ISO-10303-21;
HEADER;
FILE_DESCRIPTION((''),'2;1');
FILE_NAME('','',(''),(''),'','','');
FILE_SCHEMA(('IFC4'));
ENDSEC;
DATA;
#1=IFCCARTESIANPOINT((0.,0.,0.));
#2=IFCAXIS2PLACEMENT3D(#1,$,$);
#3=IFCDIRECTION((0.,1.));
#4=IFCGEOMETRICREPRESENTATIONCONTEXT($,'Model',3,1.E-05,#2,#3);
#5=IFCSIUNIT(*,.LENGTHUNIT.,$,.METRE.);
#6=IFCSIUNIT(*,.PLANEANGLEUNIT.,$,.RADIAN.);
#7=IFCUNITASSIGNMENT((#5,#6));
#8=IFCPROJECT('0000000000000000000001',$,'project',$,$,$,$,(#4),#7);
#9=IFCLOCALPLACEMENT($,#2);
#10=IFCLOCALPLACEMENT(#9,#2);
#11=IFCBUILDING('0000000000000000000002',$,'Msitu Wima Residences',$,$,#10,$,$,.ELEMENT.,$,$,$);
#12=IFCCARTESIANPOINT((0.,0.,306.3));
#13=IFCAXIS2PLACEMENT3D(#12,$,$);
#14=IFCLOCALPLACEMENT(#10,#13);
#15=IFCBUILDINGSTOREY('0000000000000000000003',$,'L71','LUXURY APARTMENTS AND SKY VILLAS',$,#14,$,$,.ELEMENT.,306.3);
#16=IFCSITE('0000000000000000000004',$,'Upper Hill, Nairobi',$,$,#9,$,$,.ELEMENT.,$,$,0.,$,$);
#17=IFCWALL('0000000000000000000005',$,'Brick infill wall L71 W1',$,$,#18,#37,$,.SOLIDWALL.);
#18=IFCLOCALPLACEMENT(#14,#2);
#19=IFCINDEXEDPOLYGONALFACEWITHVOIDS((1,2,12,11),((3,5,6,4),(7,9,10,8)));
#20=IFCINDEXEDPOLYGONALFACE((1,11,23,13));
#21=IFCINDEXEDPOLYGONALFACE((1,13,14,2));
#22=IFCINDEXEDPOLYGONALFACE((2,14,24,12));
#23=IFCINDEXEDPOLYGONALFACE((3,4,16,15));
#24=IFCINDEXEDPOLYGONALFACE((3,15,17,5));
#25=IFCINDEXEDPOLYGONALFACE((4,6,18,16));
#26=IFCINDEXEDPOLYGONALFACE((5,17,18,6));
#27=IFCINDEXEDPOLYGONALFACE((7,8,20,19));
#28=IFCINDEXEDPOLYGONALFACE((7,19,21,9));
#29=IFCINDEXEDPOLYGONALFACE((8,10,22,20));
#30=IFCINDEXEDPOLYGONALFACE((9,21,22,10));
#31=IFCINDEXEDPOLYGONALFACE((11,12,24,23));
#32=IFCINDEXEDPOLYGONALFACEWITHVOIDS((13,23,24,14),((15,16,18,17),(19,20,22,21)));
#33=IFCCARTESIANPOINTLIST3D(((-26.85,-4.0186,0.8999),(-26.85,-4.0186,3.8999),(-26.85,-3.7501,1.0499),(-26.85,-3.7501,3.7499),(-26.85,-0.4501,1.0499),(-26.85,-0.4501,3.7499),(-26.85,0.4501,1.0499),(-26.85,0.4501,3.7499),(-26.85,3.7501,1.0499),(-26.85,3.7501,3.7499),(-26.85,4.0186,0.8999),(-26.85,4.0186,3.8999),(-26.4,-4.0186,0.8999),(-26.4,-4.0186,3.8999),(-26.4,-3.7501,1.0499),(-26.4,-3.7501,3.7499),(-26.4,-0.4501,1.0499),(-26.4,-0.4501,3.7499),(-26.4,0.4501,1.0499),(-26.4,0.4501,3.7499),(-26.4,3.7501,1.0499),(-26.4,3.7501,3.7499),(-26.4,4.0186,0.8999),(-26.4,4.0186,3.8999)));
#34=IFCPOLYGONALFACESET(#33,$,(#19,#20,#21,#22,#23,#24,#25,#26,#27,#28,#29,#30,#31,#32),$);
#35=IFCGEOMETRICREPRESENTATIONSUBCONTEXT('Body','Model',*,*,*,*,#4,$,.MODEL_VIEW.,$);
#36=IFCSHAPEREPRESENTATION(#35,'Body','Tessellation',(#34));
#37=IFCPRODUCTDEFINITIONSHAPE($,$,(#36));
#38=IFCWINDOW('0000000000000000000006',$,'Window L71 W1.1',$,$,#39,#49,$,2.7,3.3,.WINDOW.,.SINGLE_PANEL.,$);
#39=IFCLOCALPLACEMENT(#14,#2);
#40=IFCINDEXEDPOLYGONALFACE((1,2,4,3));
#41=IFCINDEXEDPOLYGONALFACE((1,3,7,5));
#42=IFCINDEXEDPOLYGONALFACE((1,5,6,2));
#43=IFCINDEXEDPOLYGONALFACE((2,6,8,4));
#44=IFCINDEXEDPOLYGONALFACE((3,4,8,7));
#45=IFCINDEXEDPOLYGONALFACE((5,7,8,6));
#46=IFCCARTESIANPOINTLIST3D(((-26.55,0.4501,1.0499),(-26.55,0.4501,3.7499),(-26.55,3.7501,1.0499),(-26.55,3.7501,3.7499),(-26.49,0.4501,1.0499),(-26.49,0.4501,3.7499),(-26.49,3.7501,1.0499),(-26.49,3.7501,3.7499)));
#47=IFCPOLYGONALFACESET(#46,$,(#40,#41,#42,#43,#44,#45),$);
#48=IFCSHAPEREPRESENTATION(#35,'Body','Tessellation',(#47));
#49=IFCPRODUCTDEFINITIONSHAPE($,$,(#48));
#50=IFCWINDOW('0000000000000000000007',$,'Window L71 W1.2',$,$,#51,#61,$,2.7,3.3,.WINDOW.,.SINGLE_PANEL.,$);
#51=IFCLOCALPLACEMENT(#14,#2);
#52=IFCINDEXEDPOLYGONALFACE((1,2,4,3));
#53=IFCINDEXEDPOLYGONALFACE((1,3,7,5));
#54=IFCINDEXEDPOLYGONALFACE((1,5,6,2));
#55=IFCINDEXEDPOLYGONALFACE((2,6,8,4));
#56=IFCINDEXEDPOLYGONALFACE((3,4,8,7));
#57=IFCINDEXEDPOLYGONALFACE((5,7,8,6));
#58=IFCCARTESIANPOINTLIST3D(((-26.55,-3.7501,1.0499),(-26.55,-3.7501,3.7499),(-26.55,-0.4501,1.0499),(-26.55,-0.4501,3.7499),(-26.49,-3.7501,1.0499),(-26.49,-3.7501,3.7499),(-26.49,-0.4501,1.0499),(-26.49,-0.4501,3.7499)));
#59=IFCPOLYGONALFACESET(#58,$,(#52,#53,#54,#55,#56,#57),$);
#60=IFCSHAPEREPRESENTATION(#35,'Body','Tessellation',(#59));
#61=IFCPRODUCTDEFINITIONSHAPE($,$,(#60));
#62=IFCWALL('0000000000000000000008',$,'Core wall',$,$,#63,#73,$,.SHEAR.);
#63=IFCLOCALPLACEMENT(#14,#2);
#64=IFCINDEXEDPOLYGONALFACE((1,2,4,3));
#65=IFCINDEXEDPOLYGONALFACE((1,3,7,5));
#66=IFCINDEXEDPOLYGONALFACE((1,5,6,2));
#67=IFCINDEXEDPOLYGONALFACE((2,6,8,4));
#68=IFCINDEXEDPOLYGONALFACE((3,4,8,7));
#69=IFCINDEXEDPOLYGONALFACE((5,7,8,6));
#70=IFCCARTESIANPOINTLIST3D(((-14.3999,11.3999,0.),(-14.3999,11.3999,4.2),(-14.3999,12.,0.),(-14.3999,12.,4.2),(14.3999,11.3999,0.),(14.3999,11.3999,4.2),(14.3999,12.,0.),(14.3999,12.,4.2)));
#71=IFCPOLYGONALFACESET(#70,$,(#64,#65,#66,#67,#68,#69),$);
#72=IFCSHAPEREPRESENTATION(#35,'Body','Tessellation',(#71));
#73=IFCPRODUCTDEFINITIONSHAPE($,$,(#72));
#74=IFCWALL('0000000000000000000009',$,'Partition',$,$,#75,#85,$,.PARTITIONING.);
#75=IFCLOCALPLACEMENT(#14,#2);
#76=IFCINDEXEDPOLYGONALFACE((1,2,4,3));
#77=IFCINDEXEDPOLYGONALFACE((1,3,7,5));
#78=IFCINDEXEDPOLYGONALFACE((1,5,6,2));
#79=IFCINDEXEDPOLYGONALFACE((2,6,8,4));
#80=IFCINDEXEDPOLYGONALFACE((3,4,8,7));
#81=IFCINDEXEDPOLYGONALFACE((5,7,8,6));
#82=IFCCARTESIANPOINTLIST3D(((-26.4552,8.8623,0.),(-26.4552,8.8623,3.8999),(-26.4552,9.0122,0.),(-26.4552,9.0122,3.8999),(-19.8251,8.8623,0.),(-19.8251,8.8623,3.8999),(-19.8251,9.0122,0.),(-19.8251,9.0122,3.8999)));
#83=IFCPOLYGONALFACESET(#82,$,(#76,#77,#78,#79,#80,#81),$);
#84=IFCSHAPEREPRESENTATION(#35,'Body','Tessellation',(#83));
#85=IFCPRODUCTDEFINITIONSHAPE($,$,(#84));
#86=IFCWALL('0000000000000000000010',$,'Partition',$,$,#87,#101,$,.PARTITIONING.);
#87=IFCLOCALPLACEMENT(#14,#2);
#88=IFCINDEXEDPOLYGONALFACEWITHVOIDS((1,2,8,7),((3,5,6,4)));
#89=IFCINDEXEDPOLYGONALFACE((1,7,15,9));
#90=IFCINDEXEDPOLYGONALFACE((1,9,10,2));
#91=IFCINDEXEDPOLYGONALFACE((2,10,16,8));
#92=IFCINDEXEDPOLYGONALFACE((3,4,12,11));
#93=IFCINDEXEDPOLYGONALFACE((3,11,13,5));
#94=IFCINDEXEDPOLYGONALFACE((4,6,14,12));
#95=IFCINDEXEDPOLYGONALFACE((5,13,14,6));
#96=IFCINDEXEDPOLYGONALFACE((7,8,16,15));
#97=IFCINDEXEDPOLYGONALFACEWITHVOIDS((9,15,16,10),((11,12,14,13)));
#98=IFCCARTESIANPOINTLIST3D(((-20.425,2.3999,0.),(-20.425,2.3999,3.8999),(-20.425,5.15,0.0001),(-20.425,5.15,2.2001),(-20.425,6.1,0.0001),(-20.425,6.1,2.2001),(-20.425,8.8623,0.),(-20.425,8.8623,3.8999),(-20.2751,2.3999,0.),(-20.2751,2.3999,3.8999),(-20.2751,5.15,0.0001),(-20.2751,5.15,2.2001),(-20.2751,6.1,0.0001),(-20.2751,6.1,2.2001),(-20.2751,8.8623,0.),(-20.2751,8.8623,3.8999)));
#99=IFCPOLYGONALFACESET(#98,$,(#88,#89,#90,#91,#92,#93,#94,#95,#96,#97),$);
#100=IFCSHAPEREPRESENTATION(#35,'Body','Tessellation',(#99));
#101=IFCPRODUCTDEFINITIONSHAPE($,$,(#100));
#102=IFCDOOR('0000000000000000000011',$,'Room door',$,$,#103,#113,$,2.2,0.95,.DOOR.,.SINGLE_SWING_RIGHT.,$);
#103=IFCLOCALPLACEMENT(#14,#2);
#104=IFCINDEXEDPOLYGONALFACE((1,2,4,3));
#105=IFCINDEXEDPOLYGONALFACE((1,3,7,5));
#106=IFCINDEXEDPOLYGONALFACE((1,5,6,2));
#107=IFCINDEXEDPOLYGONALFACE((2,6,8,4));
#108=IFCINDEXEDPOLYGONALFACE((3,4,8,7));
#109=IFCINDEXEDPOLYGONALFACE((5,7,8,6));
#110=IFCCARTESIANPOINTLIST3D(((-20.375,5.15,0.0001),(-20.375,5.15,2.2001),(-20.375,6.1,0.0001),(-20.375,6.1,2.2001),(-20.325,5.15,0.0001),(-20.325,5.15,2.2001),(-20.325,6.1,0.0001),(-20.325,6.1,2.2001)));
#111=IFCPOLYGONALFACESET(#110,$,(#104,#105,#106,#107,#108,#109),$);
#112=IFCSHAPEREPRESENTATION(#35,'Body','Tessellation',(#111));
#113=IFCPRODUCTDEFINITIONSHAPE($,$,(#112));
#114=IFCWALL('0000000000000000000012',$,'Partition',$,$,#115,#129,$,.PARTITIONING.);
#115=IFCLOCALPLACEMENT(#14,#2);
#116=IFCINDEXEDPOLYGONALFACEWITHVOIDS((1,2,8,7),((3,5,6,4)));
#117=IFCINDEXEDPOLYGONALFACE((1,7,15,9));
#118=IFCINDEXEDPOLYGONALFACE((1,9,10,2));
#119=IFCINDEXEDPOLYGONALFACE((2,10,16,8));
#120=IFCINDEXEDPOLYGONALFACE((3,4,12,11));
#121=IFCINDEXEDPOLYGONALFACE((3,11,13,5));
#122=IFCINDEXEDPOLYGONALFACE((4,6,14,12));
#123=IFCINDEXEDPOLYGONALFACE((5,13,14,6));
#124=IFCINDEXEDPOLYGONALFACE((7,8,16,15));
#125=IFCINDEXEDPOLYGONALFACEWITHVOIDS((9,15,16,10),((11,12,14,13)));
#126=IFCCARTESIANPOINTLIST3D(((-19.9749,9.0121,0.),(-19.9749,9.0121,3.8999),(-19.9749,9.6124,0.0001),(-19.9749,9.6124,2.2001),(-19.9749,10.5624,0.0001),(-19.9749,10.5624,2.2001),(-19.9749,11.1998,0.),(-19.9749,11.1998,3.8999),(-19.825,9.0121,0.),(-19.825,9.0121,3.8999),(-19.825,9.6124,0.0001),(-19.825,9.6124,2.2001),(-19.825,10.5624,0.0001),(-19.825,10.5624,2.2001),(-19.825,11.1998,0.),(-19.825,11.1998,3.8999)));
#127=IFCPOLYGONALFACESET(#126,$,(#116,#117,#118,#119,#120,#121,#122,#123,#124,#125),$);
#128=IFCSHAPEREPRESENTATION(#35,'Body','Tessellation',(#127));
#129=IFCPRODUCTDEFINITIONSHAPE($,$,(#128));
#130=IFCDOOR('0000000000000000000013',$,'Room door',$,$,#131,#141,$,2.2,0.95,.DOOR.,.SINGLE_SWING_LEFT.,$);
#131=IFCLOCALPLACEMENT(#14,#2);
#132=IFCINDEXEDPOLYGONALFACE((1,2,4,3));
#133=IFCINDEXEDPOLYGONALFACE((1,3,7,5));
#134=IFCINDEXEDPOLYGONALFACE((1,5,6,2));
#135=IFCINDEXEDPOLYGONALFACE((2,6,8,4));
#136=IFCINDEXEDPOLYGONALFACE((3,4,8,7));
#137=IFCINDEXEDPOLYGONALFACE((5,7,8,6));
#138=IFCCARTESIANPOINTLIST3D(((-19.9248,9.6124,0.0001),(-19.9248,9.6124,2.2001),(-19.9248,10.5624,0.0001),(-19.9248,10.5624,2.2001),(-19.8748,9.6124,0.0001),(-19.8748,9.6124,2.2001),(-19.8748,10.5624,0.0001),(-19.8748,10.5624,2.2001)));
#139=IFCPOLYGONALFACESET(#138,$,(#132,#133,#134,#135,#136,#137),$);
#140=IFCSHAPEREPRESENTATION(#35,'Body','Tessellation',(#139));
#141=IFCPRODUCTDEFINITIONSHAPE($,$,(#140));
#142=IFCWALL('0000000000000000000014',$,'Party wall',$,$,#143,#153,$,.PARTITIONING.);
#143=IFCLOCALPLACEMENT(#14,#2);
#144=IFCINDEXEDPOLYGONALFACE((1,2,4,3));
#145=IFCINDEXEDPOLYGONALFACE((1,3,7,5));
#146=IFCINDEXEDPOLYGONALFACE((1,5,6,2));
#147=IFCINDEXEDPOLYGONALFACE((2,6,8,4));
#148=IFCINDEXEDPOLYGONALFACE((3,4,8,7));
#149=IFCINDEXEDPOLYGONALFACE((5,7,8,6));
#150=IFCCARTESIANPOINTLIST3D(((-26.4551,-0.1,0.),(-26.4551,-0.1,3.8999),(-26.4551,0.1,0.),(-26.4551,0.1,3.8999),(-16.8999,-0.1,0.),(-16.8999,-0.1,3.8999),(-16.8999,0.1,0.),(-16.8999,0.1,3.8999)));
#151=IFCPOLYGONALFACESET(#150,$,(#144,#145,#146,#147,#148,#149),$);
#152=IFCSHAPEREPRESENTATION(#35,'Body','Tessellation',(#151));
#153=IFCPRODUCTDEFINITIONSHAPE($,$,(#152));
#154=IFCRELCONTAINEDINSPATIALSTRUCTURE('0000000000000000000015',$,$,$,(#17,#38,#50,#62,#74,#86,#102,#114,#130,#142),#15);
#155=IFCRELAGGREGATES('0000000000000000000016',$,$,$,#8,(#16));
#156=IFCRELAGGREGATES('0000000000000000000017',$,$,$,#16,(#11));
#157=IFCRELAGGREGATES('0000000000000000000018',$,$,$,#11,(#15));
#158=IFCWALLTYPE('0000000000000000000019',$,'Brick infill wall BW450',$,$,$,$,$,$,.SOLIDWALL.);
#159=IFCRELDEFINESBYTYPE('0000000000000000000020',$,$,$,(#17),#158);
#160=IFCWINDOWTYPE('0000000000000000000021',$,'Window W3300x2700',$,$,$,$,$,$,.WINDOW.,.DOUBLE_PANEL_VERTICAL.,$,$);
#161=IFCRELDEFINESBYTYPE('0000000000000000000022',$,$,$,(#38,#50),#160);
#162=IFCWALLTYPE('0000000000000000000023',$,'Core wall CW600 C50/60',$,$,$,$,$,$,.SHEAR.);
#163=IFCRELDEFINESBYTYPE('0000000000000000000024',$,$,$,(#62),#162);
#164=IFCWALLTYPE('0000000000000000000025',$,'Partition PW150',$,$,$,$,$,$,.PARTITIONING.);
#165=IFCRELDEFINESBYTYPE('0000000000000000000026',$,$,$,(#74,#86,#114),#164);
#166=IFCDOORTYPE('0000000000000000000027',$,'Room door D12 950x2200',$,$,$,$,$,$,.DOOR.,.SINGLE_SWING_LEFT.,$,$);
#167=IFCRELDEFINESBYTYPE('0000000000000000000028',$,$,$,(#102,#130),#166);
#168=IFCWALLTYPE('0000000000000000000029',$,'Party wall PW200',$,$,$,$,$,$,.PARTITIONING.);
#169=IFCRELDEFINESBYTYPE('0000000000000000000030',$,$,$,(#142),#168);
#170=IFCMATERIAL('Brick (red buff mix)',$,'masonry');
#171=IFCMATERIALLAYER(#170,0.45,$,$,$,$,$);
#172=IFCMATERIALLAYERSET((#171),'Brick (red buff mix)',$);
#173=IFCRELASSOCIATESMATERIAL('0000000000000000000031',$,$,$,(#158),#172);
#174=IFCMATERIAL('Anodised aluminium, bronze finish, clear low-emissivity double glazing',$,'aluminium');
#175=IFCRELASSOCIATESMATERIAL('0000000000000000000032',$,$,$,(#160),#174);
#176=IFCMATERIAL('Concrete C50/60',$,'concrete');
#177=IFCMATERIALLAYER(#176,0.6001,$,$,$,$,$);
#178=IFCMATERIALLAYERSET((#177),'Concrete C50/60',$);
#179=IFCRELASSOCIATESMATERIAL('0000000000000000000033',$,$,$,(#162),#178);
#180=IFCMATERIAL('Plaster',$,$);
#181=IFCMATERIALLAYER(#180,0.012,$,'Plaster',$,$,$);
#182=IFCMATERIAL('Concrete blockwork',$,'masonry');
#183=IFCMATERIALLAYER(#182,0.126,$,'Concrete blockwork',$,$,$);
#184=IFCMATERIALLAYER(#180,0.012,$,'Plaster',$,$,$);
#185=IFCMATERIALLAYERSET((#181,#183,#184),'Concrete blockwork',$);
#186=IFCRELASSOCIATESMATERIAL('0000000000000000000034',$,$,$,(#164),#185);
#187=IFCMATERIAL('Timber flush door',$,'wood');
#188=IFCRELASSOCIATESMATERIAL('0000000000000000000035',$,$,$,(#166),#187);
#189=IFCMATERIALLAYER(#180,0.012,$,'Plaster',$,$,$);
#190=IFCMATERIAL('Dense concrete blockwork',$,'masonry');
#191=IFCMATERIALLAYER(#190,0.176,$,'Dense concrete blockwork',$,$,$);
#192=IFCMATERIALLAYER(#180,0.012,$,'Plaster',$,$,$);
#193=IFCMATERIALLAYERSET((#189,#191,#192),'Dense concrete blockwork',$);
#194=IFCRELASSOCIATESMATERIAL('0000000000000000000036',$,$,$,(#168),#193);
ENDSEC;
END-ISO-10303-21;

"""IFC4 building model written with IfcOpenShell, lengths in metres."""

from ifc_helpers import new_model, si_unit, direction, frame, frame_2d, origin, place, context, subcontext, project, spatial, rectangle, extrude, material, layer, layer_set, type_object, element, fill, save


model = new_model("IFC4")

# Units and contexts
model_context = context("Model", 3, precision=1e-05, world=origin(), true_north=direction((0.0, 1.0)))
body_context = subcontext(model_context, "Body", "Model", "MODEL_VIEW")
ifc_project = project(units=[si_unit("LENGTHUNIT", "METRE"), si_unit("PLANEANGLEUNIT", "RADIAN")], contexts=[model_context])

# Site, building, storey
site_placement = place(None, origin())
site = spatial("IfcSite", under=ifc_project, at=site_placement, Name="Upper Hill, Nairobi", CompositionType="ELEMENT", RefElevation=0.0)
building_placement = place(site_placement, origin())
building = spatial("IfcBuilding", under=site, at=building_placement, Name="Msitu Wima Residences", CompositionType="ELEMENT")
storey_placement = place(building_placement, frame((0.0, 0.0, 306.3)))
storey = spatial("IfcBuildingStorey", under=building, at=storey_placement, Name="L71", Description="LUXURY APARTMENTS AND SKY VILLAS", CompositionType="ELEMENT", Elevation=306.3)

# Shared definitions
ifc_material_1 = material(Name="Concrete C50/60", Category="concrete")

# Shared definitions
ifc_material_2 = material(Name="Brick (red buff mix)", Category="masonry")
ifc_layer_1 = layer(ifc_material_2, 0.45)
ifc_layer_set_1 = layer_set([ifc_layer_1], Name="Brick (red buff mix)")
wall_type_1 = type_object("IfcWallType", Name="Brick infill wall BW450", PredefinedType="SOLIDWALL", material=ifc_layer_set_1)
ifc_material_3 = material(Name="Anodised aluminium, bronze finish, clear low-emissivity double glazing", Category="aluminium")
window_type = type_object("IfcWindowType", Name="Window W3300x2700", PartitioningType="DOUBLE_PANEL_VERTICAL", PredefinedType="WINDOW", material=ifc_material_3)

# Wall, openings, windows
wall_1_placement = place(storey_placement, frame((-26.625, 4.0186, 0.8999), z_axis=(0.0, 0.0, 1.0), x_axis=(0.0, -1.0, 0.0)))
wall_1 = element("IfcWall", 1, at=wall_1_placement, inside=storey, type_object=wall_type_1, Name="Brick infill wall L71 W1", PredefinedType="SOLIDWALL", context=body_context, shape_type="SweptSolid", body=[
    extrude(rectangle(XDim=8.0371, YDim=0.45, at=frame_2d((4.0186, 0.0))), origin(), (0.0, 0.0, 1.0), 3.0),
])
opening_1_placement = place(wall_1_placement, frame((0.2686, 0.0, 0.1499)))
opening_1 = element("IfcOpeningElement", 2, at=opening_1_placement, cuts=wall_1, PredefinedType="OPENING", context=body_context, shape_type="SweptSolid", body=[
    extrude(rectangle(XDim=3.3, YDim=2.7, at=frame_2d((1.6499, 1.3501))), frame((0.0, 0.2349, 0.0), z_axis=(0.0, -1.0, 0.0), x_axis=(1.0, 0.0, 0.0)), (0.0, 0.0, 1.0), 0.47),
])
opening_2_placement = place(wall_1_placement, frame((4.4688, 0.0, 0.1499)))
opening_2 = element("IfcOpeningElement", 3, at=opening_2_placement, cuts=wall_1, PredefinedType="OPENING", context=body_context, shape_type="SweptSolid", body=[
    extrude(rectangle(XDim=3.3, YDim=2.7, at=frame_2d((1.6499, 1.3501))), frame((0.0, 0.2349, 0.0), z_axis=(0.0, -1.0, 0.0), x_axis=(1.0, 0.0, 0.0)), (0.0, 0.0, 1.0), 0.47),
])
window_1_placement = place(opening_1_placement, origin())
window_1 = element("IfcWindow", 4, at=window_1_placement, inside=storey, type_object=window_type, Name="Window L71 W1.1", OverallHeight=2.7, OverallWidth=3.3, PartitioningType="SINGLE_PANEL", PredefinedType="WINDOW", context=body_context, shape_type="SweptSolid", body=[
    extrude(rectangle(XDim=3.3, YDim=2.7, at=frame_2d((1.6499, 1.3501))), frame((0.0, 0.135, 0.0), z_axis=(0.0, -1.0, 0.0), x_axis=(1.0, 0.0, 0.0)), (0.0, 0.0, 1.0), 0.0601),
])
fill(opening_1, window_1)
window_2_placement = place(opening_2_placement, origin())
window_2 = element("IfcWindow", 5, at=window_2_placement, inside=storey, type_object=window_type, Name="Window L71 W1.2", OverallHeight=2.7, OverallWidth=3.3, PartitioningType="SINGLE_PANEL", PredefinedType="WINDOW", context=body_context, shape_type="SweptSolid", body=[
    extrude(rectangle(XDim=3.3, YDim=2.7, at=frame_2d((1.6499, 1.3501))), frame((0.0, 0.135, 0.0), z_axis=(0.0, -1.0, 0.0), x_axis=(1.0, 0.0, 0.0)), (0.0, 0.0, 1.0), 0.0601),
])
fill(opening_2, window_2)

# Walls
ifc_layer_2 = layer(ifc_material_1, 0.6001)
ifc_layer_set_2 = layer_set([ifc_layer_2], Name="Concrete C50/60")
wall_type_2 = type_object("IfcWallType", Name="Core wall CW600 C50/60", PredefinedType="SHEAR", material=ifc_layer_set_2)
wall_2_placement = place(storey_placement, frame((-14.3999, 11.7, 0.0), z_axis=(0.0, 0.0, 1.0), x_axis=(1.0, 0.0, 0.0)))
element("IfcWall", 6, at=wall_2_placement, inside=storey, type_object=wall_type_2, Name="Core wall", PredefinedType="SHEAR", context=body_context, shape_type="SweptSolid", body=[
    extrude(rectangle(XDim=28.7998, YDim=0.6001, at=frame_2d((14.3999, 0.0))), origin(), (0.0, 0.0, 1.0), 4.2),
])
ifc_material_4 = material(Name="Plaster")
ifc_layer_3 = layer(ifc_material_4, 0.012, Name="Plaster")
ifc_material_5 = material(Name="Concrete blockwork", Category="masonry")
ifc_layer_4 = layer(ifc_material_5, 0.126, Name="Concrete blockwork")
ifc_layer_5 = layer(ifc_material_4, 0.012, Name="Plaster")
ifc_layer_set_3 = layer_set([ifc_layer_3, ifc_layer_4, ifc_layer_5], Name="Concrete blockwork")
wall_type_3 = type_object("IfcWallType", Name="Partition PW150", PredefinedType="PARTITIONING", material=ifc_layer_set_3)
wall_3_placement = place(storey_placement, frame((-26.4551, 8.9373, 0.0), z_axis=(0.0, 0.0, 1.0), x_axis=(1.0, 0.0, 0.0)))
element("IfcWall", 7, at=wall_3_placement, inside=storey, type_object=wall_type_3, Name="Partition", PredefinedType="PARTITIONING", context=body_context, shape_type="SweptSolid", body=[
    extrude(rectangle(XDim=6.6301, YDim=0.1499, at=frame_2d((3.3149, 0.0))), origin(), (0.0, 0.0, 1.0), 3.8999),
])

# Walls, openings, doors
wall_4_placement = place(storey_placement, frame((-20.3501, 2.3999, 0.0), z_axis=(0.0, 0.0, 1.0), x_axis=(0.0, 1.0, 0.0)))
wall_4 = element("IfcWall", 8, at=wall_4_placement, inside=storey, type_object=wall_type_3, Name="Partition", PredefinedType="PARTITIONING", context=body_context, shape_type="SweptSolid", body=[
    extrude(rectangle(XDim=6.4624, YDim=0.1499, at=frame_2d((3.2312, 0.0))), origin(), (0.0, 0.0, 1.0), 3.8999),
])
opening_3_placement = place(wall_4_placement, frame((2.75, 0.0, 0.0)))
opening_3 = element("IfcOpeningElement", 9, at=opening_3_placement, cuts=wall_4, PredefinedType="OPENING", context=body_context, shape_type="SweptSolid", body=[
    extrude(rectangle(XDim=0.95, YDim=2.2, at=frame_2d((0.4751, 1.1001))), frame((0.0, 0.085, 0.0), z_axis=(0.0, -1.0, 0.0), x_axis=(1.0, 0.0, 0.0)), (0.0, 0.0, 1.0), 0.1699),
])
ifc_material_6 = material(Name="Timber flush door", Category="wood")
door_type_1 = type_object("IfcDoorType", Name="Room door D12 950x2200", OperationType="SINGLE_SWING_LEFT", PredefinedType="DOOR", material=ifc_material_6)
door_1_placement = place(opening_3_placement, origin())
door_1 = element("IfcDoor", 10, at=door_1_placement, inside=storey, type_object=door_type_1, Name="Room door", OperationType="SINGLE_SWING_RIGHT", OverallHeight=2.2, OverallWidth=0.95, PredefinedType="DOOR", context=body_context, shape_type="SweptSolid", body=[
    extrude(rectangle(XDim=0.95, YDim=2.2, at=frame_2d((0.4751, 1.1001))), frame((0.0, 0.0249, 0.0), z_axis=(0.0, -1.0, 0.0), x_axis=(1.0, 0.0, 0.0)), (0.0, 0.0, 1.0), 0.05),
])
fill(opening_3, door_1)
wall_5_placement = place(storey_placement, frame((-19.8999, 9.0122, 0.0), z_axis=(0.0, 0.0, 1.0), x_axis=(0.0, 1.0, 0.0)))
wall_5 = element("IfcWall", 11, at=wall_5_placement, inside=storey, type_object=wall_type_3, Name="Partition", PredefinedType="PARTITIONING", context=body_context, shape_type="SweptSolid", body=[
    extrude(rectangle(XDim=2.1877, YDim=0.1499, at=frame_2d((1.0938, 0.0))), origin(), (0.0, 0.0, 1.0), 3.8999),
])
opening_4_placement = place(wall_5_placement, frame((0.6001, 0.0, 0.0)))
opening_4 = element("IfcOpeningElement", 12, at=opening_4_placement, cuts=wall_5, PredefinedType="OPENING", context=body_context, shape_type="SweptSolid", body=[
    extrude(rectangle(XDim=0.95, YDim=2.2, at=frame_2d((0.4751, 1.1001))), frame((0.0, 0.085, 0.0), z_axis=(0.0, -1.0, 0.0), x_axis=(1.0, 0.0, 0.0)), (0.0, 0.0, 1.0), 0.1699),
])
door_2_placement = place(opening_4_placement, origin())
door_2 = element("IfcDoor", 13, at=door_2_placement, inside=storey, type_object=door_type_1, Name="Room door", OperationType="SINGLE_SWING_LEFT", OverallHeight=2.2, OverallWidth=0.95, PredefinedType="DOOR", context=body_context, shape_type="SweptSolid", body=[
    extrude(rectangle(XDim=0.95, YDim=2.2, at=frame_2d((0.4751, 1.1001))), frame((0.0, 0.0249, 0.0), z_axis=(0.0, -1.0, 0.0), x_axis=(1.0, 0.0, 0.0)), (0.0, 0.0, 1.0), 0.05),
])
fill(opening_4, door_2)

# Wall
ifc_layer_6 = layer(ifc_material_4, 0.012, Name="Plaster")
ifc_material_7 = material(Name="Dense concrete blockwork", Category="masonry")
ifc_layer_7 = layer(ifc_material_7, 0.176, Name="Dense concrete blockwork")
ifc_layer_8 = layer(ifc_material_4, 0.012, Name="Plaster")
ifc_layer_set_4 = layer_set([ifc_layer_6, ifc_layer_7, ifc_layer_8], Name="Dense concrete blockwork")
wall_type_4 = type_object("IfcWallType", Name="Party wall PW200", PredefinedType="PARTITIONING", material=ifc_layer_set_4)
wall_6_placement = place(storey_placement, frame((-26.4551, 0.0, 0.0), z_axis=(0.0, 0.0, 1.0), x_axis=(1.0, 0.0, 0.0)))
element("IfcWall", 14, at=wall_6_placement, inside=storey, type_object=wall_type_4, Name="Party wall", PredefinedType="PARTITIONING", context=body_context, shape_type="SweptSolid", body=[
    extrude(rectangle(XDim=9.5552, YDim=0.2, at=frame_2d((4.7776, 0.0))), origin(), (0.0, 0.0, 1.0), 3.8999),
])

save(model, "model.ifc")
